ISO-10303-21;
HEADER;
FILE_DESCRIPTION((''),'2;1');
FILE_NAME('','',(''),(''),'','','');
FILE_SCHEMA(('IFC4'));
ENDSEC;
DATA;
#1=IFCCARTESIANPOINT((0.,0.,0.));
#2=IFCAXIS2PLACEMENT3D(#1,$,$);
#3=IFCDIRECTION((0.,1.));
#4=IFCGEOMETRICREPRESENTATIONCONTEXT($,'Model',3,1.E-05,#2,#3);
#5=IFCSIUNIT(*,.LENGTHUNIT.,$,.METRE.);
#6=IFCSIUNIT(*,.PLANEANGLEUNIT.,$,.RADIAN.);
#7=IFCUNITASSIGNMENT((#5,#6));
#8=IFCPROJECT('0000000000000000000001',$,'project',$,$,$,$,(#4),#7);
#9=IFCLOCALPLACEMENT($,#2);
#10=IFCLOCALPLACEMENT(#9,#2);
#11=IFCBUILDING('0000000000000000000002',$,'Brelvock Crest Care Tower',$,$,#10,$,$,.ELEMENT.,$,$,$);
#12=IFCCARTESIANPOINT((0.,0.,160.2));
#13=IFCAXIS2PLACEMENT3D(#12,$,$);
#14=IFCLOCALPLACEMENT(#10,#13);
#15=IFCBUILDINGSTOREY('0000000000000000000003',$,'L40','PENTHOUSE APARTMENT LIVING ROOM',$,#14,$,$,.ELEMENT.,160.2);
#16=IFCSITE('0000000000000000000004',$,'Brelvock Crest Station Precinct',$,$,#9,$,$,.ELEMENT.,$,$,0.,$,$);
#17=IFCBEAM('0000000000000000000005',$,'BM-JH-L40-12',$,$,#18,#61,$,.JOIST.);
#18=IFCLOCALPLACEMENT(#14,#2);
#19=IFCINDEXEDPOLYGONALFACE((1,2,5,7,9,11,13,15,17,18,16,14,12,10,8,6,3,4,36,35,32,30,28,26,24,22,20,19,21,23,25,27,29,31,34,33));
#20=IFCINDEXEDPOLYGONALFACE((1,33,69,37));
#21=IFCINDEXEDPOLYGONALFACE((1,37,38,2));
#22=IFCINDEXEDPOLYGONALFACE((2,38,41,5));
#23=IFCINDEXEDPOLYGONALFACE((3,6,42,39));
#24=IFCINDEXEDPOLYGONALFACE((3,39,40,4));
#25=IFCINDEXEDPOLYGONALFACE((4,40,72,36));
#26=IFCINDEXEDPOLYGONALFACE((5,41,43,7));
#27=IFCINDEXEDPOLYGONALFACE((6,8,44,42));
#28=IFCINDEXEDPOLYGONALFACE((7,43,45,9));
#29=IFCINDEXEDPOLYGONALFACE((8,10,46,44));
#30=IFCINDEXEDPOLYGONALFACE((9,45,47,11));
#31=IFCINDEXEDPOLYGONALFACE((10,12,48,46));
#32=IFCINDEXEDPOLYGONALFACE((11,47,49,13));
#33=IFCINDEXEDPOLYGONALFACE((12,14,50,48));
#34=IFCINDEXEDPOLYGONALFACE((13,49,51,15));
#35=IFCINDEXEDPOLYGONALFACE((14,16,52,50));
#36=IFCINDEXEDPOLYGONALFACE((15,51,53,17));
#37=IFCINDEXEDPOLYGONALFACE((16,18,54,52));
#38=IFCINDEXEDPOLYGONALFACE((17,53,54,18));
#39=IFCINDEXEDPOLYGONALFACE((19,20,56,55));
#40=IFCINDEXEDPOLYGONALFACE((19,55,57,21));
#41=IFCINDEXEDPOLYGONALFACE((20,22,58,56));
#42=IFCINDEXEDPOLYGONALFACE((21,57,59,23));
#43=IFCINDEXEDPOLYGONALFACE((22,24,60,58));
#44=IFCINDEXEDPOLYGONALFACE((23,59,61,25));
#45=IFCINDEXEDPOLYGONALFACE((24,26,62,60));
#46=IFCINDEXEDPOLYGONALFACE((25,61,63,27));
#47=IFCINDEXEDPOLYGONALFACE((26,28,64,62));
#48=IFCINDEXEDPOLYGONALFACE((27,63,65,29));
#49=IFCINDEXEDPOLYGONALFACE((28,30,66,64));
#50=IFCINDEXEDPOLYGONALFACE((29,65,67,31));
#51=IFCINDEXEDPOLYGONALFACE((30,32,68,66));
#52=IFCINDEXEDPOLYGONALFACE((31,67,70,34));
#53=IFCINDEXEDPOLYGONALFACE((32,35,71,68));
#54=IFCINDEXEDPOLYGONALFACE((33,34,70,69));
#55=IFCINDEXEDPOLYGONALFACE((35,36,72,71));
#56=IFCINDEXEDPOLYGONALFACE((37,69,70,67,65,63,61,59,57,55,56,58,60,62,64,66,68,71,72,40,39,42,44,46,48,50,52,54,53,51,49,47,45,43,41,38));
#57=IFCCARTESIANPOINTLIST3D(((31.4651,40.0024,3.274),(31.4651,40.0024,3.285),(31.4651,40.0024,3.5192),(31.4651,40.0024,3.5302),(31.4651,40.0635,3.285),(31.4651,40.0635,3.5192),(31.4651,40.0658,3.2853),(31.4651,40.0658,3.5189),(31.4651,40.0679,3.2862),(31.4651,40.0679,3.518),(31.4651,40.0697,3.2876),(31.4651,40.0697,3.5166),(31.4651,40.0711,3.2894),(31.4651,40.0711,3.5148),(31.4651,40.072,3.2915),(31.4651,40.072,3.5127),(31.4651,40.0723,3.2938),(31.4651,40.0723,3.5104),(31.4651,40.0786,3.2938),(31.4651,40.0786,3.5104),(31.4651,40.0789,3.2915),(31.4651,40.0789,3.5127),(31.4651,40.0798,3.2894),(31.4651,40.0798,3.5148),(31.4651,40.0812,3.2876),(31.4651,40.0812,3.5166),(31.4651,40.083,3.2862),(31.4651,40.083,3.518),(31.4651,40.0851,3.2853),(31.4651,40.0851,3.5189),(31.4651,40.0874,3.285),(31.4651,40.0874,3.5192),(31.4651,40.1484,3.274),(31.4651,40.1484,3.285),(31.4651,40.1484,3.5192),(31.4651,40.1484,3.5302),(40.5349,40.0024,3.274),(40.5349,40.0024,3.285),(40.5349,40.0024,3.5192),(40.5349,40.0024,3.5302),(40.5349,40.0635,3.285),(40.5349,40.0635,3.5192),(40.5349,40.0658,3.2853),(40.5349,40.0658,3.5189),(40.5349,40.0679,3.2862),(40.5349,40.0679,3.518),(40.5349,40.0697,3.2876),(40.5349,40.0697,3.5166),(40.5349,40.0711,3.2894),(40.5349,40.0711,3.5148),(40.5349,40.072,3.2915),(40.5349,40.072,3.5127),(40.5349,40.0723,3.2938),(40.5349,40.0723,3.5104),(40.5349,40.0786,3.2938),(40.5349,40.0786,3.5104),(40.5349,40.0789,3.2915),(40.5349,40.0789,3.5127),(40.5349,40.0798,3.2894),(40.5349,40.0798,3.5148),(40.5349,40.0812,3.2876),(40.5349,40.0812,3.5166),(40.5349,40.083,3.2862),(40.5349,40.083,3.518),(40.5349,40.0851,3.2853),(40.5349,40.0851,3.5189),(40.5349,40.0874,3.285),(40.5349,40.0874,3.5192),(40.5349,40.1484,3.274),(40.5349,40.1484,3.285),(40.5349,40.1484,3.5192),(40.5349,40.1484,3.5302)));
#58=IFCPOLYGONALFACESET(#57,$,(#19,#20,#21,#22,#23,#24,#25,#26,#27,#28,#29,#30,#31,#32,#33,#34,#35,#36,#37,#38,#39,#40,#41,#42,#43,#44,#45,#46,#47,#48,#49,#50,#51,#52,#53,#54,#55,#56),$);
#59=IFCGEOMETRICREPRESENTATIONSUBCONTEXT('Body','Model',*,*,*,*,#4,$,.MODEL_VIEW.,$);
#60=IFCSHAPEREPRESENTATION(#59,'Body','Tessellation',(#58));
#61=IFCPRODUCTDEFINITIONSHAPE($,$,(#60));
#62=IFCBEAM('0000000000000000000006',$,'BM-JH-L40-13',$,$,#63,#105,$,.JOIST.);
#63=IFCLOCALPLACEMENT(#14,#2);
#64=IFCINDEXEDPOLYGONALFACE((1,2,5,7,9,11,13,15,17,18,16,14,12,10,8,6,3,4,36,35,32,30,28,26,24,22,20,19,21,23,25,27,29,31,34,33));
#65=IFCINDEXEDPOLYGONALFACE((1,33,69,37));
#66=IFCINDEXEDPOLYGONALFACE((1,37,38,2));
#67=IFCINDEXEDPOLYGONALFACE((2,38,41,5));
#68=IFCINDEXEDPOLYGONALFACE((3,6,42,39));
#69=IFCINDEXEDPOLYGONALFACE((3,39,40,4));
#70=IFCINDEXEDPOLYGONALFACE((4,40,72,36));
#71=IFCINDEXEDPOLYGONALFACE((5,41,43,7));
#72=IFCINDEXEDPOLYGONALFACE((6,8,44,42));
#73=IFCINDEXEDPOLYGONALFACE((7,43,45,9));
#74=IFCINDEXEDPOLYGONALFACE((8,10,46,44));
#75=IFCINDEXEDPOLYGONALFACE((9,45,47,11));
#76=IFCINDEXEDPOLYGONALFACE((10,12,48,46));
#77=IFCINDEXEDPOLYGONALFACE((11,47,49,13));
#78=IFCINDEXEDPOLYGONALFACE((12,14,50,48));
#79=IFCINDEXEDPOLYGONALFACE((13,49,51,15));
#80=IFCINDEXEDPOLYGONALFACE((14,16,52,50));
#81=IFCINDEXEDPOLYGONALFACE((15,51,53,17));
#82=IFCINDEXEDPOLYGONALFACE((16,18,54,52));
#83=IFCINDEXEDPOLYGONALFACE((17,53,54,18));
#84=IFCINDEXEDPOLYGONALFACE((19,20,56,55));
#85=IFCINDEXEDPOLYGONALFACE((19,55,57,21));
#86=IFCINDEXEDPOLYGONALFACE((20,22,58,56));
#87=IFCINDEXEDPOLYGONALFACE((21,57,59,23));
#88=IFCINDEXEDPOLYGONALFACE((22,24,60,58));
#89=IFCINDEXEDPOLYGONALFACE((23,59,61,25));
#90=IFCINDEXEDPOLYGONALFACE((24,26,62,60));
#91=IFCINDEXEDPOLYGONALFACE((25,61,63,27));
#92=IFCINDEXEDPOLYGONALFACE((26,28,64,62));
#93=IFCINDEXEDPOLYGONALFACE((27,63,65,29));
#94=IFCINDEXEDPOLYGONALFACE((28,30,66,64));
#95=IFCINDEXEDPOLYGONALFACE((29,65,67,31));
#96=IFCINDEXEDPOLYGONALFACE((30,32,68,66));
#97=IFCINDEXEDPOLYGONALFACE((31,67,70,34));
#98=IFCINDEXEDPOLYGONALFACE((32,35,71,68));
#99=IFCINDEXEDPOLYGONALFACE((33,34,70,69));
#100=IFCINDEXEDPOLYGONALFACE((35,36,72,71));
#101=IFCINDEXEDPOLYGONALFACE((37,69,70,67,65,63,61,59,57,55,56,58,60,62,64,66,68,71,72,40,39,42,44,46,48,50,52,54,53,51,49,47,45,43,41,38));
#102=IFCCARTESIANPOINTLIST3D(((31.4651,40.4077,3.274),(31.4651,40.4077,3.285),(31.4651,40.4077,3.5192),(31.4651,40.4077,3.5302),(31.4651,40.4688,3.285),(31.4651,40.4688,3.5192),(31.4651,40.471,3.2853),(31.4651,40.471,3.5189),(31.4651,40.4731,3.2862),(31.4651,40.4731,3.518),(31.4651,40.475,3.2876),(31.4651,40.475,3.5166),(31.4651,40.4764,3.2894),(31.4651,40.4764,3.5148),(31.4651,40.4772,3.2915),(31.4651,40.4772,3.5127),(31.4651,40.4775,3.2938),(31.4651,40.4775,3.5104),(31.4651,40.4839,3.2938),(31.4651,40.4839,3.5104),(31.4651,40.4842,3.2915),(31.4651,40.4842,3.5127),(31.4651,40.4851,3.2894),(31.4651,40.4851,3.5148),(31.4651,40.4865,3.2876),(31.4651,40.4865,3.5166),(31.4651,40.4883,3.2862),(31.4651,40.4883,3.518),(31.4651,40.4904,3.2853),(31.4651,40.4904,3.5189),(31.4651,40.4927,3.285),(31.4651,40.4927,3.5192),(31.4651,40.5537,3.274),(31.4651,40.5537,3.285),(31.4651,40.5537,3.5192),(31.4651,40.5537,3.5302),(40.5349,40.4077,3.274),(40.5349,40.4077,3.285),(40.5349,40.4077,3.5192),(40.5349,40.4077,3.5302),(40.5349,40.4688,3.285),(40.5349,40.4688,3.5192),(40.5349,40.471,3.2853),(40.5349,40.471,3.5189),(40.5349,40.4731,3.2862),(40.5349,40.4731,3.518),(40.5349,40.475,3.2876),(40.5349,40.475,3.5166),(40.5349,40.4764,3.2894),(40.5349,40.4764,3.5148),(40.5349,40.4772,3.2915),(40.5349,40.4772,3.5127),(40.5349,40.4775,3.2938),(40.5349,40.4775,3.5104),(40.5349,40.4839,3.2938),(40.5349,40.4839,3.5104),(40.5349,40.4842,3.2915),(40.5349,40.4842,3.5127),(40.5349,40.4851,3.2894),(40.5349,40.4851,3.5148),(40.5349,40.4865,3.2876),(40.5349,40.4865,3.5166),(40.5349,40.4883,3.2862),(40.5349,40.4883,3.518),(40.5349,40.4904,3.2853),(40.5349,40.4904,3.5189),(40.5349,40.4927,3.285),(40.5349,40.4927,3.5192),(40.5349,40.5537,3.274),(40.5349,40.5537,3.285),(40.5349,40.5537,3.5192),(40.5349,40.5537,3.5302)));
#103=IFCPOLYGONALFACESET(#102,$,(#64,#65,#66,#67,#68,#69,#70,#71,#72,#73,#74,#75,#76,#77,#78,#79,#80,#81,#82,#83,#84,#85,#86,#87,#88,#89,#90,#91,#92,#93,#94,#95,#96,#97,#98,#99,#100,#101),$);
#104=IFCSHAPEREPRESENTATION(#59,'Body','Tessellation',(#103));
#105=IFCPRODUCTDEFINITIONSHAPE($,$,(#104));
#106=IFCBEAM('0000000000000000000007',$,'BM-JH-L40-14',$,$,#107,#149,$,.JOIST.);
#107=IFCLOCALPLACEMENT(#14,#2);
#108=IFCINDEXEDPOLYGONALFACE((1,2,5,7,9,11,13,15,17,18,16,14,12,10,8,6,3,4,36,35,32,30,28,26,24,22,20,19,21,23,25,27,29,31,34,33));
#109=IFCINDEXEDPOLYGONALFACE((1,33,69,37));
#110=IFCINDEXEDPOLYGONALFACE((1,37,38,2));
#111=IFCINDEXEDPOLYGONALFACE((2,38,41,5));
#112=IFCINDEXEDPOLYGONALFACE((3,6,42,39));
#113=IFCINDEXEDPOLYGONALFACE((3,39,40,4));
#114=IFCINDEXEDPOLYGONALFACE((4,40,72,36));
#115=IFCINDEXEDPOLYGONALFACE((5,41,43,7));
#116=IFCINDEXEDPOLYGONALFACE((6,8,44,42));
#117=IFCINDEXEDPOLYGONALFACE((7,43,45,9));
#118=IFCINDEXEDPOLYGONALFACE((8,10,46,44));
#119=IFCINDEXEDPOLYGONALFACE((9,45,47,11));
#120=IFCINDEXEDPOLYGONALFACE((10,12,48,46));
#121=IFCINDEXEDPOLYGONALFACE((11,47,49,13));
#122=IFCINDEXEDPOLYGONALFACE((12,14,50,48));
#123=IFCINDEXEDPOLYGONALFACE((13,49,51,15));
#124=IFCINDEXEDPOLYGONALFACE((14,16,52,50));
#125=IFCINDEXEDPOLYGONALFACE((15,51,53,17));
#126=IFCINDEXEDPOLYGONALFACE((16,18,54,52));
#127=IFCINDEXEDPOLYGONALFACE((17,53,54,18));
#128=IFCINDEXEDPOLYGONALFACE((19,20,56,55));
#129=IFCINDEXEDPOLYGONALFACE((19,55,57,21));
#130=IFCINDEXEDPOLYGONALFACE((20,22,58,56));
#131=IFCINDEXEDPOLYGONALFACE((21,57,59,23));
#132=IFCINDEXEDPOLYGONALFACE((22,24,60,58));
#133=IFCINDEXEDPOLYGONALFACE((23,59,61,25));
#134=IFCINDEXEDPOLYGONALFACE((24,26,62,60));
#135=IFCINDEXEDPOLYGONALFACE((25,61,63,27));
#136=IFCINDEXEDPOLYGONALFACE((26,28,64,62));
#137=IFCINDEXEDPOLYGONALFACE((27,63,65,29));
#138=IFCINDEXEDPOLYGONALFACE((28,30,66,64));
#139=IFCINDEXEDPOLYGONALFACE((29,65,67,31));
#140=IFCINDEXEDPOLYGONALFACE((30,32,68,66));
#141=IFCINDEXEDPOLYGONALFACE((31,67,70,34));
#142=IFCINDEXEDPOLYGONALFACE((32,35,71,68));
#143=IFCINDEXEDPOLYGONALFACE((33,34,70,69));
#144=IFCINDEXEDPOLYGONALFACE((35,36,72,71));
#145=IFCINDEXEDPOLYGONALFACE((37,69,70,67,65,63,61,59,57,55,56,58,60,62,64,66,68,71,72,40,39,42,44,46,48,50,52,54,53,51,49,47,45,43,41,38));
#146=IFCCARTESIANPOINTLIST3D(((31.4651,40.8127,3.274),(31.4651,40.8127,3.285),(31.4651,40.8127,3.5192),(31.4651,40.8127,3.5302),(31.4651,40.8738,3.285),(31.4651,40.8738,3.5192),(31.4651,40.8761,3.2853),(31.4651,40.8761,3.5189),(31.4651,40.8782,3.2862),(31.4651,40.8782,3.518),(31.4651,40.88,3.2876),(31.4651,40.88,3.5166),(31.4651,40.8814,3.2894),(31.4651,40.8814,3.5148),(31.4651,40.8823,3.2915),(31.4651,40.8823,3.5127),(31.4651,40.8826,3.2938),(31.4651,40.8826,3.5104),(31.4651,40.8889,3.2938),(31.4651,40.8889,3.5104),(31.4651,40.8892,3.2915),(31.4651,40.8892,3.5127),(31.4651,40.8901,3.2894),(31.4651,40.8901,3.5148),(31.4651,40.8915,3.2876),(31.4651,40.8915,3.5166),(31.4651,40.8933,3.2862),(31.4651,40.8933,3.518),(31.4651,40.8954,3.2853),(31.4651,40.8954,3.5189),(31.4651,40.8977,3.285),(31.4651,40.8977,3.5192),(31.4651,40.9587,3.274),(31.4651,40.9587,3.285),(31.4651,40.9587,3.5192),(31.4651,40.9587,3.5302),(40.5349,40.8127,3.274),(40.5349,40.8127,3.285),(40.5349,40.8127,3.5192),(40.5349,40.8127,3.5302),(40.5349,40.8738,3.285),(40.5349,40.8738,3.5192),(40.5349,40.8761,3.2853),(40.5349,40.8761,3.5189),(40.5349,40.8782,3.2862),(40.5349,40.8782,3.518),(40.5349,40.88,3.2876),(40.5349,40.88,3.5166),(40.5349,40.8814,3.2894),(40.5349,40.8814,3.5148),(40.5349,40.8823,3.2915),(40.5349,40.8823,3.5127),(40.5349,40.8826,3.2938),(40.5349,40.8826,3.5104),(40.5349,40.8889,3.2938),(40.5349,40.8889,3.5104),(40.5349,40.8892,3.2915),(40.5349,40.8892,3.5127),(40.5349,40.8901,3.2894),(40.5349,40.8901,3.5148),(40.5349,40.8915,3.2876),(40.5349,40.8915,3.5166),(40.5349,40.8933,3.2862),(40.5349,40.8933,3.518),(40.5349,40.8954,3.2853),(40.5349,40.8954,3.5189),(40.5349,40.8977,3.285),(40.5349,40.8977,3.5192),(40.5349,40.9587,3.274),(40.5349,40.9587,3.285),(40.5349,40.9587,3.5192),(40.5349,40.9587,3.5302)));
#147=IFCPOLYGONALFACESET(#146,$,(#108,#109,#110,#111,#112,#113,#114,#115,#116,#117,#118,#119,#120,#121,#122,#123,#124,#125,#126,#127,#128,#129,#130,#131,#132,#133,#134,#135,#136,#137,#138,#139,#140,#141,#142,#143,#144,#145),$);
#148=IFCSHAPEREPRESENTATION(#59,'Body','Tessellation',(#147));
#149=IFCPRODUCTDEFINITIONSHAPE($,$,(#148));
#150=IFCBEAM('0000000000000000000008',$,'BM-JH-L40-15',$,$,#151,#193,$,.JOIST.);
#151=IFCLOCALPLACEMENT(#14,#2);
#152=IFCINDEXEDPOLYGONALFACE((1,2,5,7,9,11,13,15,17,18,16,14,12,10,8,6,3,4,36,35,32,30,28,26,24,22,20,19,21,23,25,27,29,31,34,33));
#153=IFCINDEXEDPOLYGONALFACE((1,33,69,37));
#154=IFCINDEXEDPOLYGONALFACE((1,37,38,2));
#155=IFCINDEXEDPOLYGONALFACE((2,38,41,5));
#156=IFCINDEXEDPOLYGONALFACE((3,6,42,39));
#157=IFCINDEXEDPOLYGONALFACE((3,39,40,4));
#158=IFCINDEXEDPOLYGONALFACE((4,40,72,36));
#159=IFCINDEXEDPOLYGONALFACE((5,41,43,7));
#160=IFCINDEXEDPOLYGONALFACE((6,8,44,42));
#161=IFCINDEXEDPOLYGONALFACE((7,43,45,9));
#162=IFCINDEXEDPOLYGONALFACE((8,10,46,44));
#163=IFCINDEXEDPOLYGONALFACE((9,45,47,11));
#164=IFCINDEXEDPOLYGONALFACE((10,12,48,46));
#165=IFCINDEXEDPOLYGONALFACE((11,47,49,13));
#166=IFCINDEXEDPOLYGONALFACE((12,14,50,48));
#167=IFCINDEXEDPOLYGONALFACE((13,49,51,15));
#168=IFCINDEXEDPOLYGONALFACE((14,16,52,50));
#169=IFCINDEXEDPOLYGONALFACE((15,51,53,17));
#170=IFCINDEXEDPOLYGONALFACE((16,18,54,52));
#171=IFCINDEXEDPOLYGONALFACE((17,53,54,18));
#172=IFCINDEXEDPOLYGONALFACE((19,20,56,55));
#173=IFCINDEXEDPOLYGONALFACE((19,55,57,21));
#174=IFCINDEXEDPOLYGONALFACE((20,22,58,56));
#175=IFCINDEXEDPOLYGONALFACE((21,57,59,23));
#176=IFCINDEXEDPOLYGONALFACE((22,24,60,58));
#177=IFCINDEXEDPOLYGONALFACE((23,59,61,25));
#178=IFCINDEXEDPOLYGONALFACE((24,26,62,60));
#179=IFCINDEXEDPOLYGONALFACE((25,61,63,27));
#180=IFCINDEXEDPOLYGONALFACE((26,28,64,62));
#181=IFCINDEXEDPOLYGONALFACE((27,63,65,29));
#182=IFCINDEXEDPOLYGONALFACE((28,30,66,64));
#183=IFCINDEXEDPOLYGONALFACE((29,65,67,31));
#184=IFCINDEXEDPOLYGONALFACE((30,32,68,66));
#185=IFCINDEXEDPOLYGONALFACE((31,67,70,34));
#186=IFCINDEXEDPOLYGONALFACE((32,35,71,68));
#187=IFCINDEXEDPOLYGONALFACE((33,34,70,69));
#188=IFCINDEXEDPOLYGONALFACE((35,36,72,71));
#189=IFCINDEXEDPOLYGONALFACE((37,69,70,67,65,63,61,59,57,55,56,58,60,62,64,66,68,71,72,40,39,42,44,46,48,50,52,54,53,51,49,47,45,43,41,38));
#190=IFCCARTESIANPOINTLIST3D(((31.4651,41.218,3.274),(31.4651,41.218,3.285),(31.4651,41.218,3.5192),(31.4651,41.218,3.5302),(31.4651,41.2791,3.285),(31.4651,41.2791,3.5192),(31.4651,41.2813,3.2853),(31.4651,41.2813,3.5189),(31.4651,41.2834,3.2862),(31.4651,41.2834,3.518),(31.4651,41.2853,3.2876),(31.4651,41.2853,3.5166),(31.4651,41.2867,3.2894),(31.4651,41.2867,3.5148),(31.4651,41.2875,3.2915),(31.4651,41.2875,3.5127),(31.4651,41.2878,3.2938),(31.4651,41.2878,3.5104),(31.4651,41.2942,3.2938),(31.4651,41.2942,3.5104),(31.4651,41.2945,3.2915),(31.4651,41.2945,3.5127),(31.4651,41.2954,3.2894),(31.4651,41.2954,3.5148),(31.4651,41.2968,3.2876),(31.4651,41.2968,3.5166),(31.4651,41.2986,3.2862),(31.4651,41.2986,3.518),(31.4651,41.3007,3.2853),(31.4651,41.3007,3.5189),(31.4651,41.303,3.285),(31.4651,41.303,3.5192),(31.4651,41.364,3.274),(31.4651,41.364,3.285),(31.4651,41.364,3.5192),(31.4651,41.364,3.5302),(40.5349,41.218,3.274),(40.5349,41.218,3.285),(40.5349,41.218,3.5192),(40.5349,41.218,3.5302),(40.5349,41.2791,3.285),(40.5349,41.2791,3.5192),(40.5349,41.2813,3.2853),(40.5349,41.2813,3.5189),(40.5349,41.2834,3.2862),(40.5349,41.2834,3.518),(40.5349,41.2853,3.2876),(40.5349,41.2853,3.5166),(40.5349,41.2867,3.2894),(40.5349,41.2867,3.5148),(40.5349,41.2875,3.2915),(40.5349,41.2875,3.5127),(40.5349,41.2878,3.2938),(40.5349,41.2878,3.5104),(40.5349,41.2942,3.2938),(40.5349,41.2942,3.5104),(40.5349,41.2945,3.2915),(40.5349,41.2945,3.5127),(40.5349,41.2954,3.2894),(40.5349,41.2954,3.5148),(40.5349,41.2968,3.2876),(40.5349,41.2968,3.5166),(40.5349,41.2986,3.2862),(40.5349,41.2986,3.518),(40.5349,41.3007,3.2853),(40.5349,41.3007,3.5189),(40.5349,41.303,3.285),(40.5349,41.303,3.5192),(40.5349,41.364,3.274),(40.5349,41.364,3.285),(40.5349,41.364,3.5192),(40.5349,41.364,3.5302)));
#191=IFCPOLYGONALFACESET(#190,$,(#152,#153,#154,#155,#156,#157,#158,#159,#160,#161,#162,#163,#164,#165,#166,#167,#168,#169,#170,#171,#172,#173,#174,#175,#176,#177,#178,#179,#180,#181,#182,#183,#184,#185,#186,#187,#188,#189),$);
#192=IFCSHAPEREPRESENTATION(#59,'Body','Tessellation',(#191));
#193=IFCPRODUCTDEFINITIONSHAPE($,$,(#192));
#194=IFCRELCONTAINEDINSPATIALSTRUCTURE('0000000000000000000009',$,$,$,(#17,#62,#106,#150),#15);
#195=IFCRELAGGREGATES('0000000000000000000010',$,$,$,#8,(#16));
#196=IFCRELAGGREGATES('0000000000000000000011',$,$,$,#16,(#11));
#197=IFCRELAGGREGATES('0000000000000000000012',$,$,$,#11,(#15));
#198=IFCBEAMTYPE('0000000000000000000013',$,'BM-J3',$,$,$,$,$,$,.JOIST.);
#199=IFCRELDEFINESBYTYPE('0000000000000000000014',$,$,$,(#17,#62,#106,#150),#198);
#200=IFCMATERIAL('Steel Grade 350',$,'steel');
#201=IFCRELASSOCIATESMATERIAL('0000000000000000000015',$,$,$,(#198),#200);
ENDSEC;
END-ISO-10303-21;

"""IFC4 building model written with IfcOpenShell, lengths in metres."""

from ifc_helpers import new_model, si_unit, direction, frame, origin, origin_2d, place, context, subcontext, project, spatial, i_section, extrude, source, transform, mapped, material, material_profile, profile_set, type_object, element, save


model = new_model("IFC4")

# Units and contexts
model_context = context("Model", 3, precision=1e-05, world=origin(), true_north=direction((0.0, 1.0)))
body_context = subcontext(model_context, "Body", "Model", "MODEL_VIEW")
ifc_project = project(units=[si_unit("LENGTHUNIT", "METRE"), si_unit("PLANEANGLEUNIT", "RADIAN")], contexts=[model_context])

# Site, building, storey
site_placement = place(None, origin())
site = spatial("IfcSite", under=ifc_project, at=site_placement, Name="Brelvock Crest Station Precinct", CompositionType="ELEMENT", RefElevation=0.0)
building_placement = place(site_placement, origin())
building = spatial("IfcBuilding", under=site, at=building_placement, Name="Brelvock Crest Care Tower", CompositionType="ELEMENT")
storey_placement = place(building_placement, frame((0.0, 0.0, 160.2)))
storey = spatial("IfcBuildingStorey", under=building, at=storey_placement, Name="L40", Description="PENTHOUSE APARTMENT LIVING ROOM", CompositionType="ELEMENT", Elevation=160.2)

# Beams
ifc_material = material(Name="Steel Grade 350", Category="steel")
ifc_material_profile = material_profile(ifc_material, i_section(OverallWidth=0.146, OverallDepth=0.2561, WebThickness=0.0063, FlangeThickness=0.011, FilletRadius=0.0088, at=origin_2d()), Name="250UB37.3")
ifc_profile_set = profile_set([ifc_material_profile], Name="Steel Grade 350")
beam_type = type_object("IfcBeamType", Name="BM-J3", PredefinedType="JOIST", material=ifc_profile_set)
shared_shape = source(origin(), body_context, "Body", "SweptSolid", [
    extrude(i_section(OverallWidth=0.146, OverallDepth=0.2561, WebThickness=0.0063, FlangeThickness=0.011, FilletRadius=0.0088, at=origin_2d()), origin(), (0.0, 0.0, 1.0), 9.0698),
])
for number, where, z_axis, x_axis, name in (
    (1, (31.4651, 40.0754, 3.4021), (1.0, 0.0, 0.0), (0.0, 1.0, 0.0), "BM-JH-L40-12"),
    (2, (31.4651, 40.4807, 3.4021), (1.0, 0.0, 0.0), (0.0, 1.0, 0.0), "BM-JH-L40-13"),
    (3, (31.4651, 40.8857, 3.4021), (1.0, 0.0, 0.0), (0.0, 1.0, 0.0), "BM-JH-L40-14"),
    (4, (31.4651, 41.291, 3.4021), (1.0, 0.0, 0.0), (0.0, 1.0, 0.0), "BM-JH-L40-15"),
):
    element("IfcBeam", number, at=place(storey_placement, frame(where, z_axis=z_axis, x_axis=x_axis)), inside=storey, type_object=beam_type, Name=name, PredefinedType="JOIST", context=body_context, shape_type="MappedRepresentation", body=[
        mapped(shared_shape, transform((0.0, 0.0, 0.0), x_axis=(1.0, 0.0, 0.0), y_axis=(0.0, 1.0, 0.0), z_axis=(0.0, 0.0, 1.0), scale=1.0)),
    ])

save(model, "model.ifc")
